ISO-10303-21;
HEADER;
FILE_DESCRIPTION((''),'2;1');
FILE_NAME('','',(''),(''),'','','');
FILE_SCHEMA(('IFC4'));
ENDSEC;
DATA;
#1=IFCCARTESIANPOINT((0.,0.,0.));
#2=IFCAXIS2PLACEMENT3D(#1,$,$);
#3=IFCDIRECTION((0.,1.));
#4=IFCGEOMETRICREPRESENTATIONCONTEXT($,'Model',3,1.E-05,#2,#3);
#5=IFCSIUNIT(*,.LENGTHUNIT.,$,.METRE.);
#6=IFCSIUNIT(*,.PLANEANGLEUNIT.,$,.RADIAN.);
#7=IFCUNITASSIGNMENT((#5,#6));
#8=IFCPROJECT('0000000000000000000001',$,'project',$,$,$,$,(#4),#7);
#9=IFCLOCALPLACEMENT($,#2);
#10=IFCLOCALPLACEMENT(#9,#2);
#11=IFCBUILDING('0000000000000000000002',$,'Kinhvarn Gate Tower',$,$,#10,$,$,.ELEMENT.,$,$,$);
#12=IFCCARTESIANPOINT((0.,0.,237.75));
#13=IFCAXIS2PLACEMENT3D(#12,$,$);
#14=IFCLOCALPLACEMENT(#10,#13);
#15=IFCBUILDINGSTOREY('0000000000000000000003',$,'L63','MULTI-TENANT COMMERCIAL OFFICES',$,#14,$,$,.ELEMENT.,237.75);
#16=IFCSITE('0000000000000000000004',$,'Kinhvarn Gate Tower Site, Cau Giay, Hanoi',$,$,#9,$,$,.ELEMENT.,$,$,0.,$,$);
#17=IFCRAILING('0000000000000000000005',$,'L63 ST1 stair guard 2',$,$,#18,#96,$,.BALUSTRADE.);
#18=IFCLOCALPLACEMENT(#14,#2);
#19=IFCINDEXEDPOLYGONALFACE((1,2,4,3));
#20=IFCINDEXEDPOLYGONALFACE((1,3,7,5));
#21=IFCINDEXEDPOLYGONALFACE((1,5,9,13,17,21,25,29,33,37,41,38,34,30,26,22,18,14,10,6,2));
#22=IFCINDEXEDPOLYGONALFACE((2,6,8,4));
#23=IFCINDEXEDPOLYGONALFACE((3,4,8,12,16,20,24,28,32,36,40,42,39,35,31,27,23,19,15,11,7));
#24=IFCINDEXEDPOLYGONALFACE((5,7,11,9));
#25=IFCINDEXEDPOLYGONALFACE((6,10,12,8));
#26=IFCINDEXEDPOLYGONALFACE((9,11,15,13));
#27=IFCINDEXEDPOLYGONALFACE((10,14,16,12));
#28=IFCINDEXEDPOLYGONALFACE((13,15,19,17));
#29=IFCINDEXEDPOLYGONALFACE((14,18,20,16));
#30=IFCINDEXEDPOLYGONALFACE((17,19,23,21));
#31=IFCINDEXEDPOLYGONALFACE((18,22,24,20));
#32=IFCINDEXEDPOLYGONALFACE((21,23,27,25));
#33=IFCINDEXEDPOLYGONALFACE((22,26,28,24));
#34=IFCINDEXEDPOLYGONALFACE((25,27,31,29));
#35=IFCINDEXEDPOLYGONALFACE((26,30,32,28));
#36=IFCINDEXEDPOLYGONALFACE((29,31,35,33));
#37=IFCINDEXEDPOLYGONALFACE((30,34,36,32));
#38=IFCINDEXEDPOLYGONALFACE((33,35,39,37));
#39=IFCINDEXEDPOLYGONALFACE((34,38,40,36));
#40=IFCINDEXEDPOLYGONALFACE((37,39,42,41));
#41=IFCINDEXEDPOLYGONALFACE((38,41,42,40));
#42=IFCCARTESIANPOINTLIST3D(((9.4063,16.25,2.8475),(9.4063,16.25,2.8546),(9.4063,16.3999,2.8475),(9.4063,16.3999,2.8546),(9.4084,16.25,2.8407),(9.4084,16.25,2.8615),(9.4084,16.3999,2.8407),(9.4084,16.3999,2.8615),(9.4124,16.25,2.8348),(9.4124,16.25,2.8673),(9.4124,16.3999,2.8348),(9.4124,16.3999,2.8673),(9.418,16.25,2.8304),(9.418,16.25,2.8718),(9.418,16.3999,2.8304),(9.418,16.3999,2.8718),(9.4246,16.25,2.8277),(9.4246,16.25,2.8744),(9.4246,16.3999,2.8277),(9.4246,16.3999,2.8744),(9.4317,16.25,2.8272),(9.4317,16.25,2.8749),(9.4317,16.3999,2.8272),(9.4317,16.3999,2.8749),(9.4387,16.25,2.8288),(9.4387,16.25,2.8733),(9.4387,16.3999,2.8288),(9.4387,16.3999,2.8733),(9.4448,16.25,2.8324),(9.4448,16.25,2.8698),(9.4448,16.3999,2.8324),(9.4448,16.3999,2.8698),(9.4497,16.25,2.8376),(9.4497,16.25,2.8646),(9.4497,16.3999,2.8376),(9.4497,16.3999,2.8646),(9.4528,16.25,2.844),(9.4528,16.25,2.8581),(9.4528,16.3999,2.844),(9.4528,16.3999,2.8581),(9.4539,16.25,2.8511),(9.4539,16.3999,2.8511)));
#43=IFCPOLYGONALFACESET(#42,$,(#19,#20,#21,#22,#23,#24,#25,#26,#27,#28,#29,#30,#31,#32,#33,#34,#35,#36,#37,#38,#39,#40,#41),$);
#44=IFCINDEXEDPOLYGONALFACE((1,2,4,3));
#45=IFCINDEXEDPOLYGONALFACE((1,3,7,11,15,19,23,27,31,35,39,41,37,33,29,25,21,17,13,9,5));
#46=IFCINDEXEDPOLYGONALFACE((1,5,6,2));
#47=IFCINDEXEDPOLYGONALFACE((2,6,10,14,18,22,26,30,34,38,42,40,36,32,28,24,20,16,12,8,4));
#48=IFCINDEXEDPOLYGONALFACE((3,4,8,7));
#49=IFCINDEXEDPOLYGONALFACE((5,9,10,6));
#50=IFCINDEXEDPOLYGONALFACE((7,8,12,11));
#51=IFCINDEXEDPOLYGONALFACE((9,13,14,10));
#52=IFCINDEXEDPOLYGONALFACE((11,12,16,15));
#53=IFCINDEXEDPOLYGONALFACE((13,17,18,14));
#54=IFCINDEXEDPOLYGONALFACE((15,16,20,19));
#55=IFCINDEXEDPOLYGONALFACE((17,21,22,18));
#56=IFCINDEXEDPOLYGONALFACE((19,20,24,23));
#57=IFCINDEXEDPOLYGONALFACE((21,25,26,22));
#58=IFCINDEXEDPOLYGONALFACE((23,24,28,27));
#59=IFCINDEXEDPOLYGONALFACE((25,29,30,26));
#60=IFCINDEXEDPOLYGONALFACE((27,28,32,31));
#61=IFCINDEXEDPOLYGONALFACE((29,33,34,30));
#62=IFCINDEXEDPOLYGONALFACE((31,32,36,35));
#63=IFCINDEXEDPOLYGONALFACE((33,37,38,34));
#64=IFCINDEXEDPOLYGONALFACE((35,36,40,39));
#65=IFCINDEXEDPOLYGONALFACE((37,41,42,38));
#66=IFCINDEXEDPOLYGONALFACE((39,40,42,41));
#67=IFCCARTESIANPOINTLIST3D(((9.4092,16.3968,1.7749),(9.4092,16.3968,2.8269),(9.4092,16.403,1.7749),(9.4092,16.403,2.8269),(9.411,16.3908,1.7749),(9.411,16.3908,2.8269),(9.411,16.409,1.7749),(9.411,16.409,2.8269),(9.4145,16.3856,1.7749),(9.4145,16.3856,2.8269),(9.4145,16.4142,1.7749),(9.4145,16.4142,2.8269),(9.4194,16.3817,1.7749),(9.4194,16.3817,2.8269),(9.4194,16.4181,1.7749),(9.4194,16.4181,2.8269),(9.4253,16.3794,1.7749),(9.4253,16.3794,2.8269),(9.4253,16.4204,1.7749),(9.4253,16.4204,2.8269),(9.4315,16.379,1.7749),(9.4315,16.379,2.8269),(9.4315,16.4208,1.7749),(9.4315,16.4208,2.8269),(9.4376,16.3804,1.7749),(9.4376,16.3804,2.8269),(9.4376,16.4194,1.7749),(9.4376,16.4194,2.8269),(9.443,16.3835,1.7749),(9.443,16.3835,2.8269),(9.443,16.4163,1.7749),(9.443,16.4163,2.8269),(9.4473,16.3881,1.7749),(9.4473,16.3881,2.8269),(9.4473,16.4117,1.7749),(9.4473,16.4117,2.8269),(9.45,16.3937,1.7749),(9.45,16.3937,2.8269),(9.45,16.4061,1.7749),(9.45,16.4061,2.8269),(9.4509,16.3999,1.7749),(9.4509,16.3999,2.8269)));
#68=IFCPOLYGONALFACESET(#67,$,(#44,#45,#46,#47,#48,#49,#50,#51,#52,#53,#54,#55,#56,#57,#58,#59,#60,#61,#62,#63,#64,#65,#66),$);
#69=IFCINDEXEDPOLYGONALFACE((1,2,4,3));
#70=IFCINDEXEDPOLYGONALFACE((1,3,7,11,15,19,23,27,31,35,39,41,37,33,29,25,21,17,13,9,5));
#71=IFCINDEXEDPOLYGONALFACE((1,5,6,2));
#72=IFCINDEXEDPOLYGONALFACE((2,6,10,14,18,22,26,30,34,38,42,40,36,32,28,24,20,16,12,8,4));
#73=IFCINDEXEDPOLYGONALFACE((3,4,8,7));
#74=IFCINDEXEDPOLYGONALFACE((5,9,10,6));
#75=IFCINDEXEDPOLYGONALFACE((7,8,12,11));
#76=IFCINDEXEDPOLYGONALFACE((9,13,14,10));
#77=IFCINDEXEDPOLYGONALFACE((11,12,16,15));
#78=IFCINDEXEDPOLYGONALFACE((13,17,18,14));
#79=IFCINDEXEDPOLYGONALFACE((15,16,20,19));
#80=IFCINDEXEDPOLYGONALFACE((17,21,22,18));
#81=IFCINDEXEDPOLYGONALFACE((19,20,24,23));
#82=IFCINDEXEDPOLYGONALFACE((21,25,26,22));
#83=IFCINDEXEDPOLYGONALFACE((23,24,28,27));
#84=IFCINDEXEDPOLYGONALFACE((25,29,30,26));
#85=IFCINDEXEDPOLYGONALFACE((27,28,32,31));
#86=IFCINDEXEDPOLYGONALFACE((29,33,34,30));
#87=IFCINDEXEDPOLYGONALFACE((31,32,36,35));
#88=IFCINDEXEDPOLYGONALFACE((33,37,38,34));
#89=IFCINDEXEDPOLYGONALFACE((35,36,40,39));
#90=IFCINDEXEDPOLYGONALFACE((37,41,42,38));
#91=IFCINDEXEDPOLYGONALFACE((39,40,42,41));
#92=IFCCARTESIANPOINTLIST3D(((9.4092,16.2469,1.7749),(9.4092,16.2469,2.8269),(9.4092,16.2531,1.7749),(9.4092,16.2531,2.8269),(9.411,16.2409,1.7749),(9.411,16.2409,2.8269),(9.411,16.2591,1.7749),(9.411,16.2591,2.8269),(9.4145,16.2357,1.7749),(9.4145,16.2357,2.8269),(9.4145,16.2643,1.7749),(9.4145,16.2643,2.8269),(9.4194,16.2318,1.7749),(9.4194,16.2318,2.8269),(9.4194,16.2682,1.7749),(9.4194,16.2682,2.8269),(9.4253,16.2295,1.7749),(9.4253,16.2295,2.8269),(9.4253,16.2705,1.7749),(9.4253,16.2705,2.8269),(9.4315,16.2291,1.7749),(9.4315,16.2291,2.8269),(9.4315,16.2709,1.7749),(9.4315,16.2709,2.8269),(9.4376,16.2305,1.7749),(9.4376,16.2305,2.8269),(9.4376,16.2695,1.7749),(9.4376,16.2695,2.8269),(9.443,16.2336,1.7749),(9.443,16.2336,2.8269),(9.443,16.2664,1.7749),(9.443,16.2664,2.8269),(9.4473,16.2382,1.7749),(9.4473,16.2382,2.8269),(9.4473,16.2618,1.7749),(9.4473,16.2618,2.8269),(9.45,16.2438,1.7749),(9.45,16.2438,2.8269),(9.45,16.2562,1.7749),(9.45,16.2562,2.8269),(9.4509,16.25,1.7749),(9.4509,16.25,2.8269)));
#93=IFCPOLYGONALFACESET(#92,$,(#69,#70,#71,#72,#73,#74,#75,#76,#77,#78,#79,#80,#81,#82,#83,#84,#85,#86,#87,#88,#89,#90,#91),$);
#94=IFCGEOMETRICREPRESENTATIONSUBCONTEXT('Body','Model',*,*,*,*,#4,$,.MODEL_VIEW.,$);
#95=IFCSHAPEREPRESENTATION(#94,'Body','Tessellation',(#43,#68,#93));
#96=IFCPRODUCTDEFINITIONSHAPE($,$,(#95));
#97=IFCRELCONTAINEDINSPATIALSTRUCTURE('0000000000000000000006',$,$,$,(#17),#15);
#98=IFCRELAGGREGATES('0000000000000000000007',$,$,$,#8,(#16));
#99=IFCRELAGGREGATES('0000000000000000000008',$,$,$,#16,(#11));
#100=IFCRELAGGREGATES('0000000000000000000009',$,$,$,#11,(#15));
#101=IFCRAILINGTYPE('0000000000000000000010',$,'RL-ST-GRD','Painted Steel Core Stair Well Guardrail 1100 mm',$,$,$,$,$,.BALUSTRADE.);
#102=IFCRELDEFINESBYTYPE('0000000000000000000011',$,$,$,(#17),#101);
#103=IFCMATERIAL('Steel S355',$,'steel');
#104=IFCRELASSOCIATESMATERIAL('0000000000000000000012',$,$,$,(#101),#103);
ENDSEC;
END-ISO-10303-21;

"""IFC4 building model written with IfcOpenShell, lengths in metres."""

from ifc_helpers import new_model, si_unit, direction, frame, origin, origin_2d, place, context, subcontext, project, spatial, circle, extrude, material, type_object, element, save


model = new_model("IFC4")

# Units and contexts
model_context = context("Model", 3, precision=1e-05, world=origin(), true_north=direction((0.0, 1.0)))
body_context = subcontext(model_context, "Body", "Model", "MODEL_VIEW")
ifc_project = project(units=[si_unit("LENGTHUNIT", "METRE"), si_unit("PLANEANGLEUNIT", "RADIAN")], contexts=[model_context])

# Site, building, storey
site_placement = place(None, origin())
site = spatial("IfcSite", under=ifc_project, at=site_placement, Name="Kinhvarn Gate Tower Site, Cau Giay, Hanoi", CompositionType="ELEMENT", RefElevation=0.0)
building_placement = place(site_placement, origin())
building = spatial("IfcBuilding", under=site, at=building_placement, Name="Kinhvarn Gate Tower", CompositionType="ELEMENT")
storey_placement = place(building_placement, frame((0.0, 0.0, 237.75)))
storey = spatial("IfcBuildingStorey", under=building, at=storey_placement, Name="L63", Description="MULTI-TENANT COMMERCIAL OFFICES", CompositionType="ELEMENT", Elevation=237.75)

# Shared definitions
ifc_material_1 = material(Name="Steel S355", Category="steel")

# Railing
railing_type_1 = type_object("IfcRailingType", Name="RL-ST-GRD", Description="Painted Steel Core Stair Well Guardrail 1100 mm", PredefinedType="BALUSTRADE", material=ifc_material_1)
railing_1_placement = place(storey_placement, frame((9.4299, 16.3999, 1.7749)))
element("IfcRailing", 1, at=railing_1_placement, inside=storey, type_object=railing_type_1, Name="L63 ST1 stair guard 2", PredefinedType="BALUSTRADE", context=body_context, shape_type="SweptSolid", body=[
    extrude(circle(Radius=0.0239, at=origin_2d()), frame((0.0, 0.0, 1.0762), z_axis=(0.0, -1.0, 0.0), x_axis=(1.0, 0.0, 0.0)), (0.0, 0.0, 1.0), 0.1499),
    extrude(circle(Radius=0.021, at=origin_2d()), origin(), (0.0, 0.0, 1.0), 1.052),
    extrude(circle(Radius=0.021, at=origin_2d()), frame((0.0, -0.1499, 0.0)), (0.0, 0.0, 1.0), 1.052),
])

save(model, "model.ifc")
